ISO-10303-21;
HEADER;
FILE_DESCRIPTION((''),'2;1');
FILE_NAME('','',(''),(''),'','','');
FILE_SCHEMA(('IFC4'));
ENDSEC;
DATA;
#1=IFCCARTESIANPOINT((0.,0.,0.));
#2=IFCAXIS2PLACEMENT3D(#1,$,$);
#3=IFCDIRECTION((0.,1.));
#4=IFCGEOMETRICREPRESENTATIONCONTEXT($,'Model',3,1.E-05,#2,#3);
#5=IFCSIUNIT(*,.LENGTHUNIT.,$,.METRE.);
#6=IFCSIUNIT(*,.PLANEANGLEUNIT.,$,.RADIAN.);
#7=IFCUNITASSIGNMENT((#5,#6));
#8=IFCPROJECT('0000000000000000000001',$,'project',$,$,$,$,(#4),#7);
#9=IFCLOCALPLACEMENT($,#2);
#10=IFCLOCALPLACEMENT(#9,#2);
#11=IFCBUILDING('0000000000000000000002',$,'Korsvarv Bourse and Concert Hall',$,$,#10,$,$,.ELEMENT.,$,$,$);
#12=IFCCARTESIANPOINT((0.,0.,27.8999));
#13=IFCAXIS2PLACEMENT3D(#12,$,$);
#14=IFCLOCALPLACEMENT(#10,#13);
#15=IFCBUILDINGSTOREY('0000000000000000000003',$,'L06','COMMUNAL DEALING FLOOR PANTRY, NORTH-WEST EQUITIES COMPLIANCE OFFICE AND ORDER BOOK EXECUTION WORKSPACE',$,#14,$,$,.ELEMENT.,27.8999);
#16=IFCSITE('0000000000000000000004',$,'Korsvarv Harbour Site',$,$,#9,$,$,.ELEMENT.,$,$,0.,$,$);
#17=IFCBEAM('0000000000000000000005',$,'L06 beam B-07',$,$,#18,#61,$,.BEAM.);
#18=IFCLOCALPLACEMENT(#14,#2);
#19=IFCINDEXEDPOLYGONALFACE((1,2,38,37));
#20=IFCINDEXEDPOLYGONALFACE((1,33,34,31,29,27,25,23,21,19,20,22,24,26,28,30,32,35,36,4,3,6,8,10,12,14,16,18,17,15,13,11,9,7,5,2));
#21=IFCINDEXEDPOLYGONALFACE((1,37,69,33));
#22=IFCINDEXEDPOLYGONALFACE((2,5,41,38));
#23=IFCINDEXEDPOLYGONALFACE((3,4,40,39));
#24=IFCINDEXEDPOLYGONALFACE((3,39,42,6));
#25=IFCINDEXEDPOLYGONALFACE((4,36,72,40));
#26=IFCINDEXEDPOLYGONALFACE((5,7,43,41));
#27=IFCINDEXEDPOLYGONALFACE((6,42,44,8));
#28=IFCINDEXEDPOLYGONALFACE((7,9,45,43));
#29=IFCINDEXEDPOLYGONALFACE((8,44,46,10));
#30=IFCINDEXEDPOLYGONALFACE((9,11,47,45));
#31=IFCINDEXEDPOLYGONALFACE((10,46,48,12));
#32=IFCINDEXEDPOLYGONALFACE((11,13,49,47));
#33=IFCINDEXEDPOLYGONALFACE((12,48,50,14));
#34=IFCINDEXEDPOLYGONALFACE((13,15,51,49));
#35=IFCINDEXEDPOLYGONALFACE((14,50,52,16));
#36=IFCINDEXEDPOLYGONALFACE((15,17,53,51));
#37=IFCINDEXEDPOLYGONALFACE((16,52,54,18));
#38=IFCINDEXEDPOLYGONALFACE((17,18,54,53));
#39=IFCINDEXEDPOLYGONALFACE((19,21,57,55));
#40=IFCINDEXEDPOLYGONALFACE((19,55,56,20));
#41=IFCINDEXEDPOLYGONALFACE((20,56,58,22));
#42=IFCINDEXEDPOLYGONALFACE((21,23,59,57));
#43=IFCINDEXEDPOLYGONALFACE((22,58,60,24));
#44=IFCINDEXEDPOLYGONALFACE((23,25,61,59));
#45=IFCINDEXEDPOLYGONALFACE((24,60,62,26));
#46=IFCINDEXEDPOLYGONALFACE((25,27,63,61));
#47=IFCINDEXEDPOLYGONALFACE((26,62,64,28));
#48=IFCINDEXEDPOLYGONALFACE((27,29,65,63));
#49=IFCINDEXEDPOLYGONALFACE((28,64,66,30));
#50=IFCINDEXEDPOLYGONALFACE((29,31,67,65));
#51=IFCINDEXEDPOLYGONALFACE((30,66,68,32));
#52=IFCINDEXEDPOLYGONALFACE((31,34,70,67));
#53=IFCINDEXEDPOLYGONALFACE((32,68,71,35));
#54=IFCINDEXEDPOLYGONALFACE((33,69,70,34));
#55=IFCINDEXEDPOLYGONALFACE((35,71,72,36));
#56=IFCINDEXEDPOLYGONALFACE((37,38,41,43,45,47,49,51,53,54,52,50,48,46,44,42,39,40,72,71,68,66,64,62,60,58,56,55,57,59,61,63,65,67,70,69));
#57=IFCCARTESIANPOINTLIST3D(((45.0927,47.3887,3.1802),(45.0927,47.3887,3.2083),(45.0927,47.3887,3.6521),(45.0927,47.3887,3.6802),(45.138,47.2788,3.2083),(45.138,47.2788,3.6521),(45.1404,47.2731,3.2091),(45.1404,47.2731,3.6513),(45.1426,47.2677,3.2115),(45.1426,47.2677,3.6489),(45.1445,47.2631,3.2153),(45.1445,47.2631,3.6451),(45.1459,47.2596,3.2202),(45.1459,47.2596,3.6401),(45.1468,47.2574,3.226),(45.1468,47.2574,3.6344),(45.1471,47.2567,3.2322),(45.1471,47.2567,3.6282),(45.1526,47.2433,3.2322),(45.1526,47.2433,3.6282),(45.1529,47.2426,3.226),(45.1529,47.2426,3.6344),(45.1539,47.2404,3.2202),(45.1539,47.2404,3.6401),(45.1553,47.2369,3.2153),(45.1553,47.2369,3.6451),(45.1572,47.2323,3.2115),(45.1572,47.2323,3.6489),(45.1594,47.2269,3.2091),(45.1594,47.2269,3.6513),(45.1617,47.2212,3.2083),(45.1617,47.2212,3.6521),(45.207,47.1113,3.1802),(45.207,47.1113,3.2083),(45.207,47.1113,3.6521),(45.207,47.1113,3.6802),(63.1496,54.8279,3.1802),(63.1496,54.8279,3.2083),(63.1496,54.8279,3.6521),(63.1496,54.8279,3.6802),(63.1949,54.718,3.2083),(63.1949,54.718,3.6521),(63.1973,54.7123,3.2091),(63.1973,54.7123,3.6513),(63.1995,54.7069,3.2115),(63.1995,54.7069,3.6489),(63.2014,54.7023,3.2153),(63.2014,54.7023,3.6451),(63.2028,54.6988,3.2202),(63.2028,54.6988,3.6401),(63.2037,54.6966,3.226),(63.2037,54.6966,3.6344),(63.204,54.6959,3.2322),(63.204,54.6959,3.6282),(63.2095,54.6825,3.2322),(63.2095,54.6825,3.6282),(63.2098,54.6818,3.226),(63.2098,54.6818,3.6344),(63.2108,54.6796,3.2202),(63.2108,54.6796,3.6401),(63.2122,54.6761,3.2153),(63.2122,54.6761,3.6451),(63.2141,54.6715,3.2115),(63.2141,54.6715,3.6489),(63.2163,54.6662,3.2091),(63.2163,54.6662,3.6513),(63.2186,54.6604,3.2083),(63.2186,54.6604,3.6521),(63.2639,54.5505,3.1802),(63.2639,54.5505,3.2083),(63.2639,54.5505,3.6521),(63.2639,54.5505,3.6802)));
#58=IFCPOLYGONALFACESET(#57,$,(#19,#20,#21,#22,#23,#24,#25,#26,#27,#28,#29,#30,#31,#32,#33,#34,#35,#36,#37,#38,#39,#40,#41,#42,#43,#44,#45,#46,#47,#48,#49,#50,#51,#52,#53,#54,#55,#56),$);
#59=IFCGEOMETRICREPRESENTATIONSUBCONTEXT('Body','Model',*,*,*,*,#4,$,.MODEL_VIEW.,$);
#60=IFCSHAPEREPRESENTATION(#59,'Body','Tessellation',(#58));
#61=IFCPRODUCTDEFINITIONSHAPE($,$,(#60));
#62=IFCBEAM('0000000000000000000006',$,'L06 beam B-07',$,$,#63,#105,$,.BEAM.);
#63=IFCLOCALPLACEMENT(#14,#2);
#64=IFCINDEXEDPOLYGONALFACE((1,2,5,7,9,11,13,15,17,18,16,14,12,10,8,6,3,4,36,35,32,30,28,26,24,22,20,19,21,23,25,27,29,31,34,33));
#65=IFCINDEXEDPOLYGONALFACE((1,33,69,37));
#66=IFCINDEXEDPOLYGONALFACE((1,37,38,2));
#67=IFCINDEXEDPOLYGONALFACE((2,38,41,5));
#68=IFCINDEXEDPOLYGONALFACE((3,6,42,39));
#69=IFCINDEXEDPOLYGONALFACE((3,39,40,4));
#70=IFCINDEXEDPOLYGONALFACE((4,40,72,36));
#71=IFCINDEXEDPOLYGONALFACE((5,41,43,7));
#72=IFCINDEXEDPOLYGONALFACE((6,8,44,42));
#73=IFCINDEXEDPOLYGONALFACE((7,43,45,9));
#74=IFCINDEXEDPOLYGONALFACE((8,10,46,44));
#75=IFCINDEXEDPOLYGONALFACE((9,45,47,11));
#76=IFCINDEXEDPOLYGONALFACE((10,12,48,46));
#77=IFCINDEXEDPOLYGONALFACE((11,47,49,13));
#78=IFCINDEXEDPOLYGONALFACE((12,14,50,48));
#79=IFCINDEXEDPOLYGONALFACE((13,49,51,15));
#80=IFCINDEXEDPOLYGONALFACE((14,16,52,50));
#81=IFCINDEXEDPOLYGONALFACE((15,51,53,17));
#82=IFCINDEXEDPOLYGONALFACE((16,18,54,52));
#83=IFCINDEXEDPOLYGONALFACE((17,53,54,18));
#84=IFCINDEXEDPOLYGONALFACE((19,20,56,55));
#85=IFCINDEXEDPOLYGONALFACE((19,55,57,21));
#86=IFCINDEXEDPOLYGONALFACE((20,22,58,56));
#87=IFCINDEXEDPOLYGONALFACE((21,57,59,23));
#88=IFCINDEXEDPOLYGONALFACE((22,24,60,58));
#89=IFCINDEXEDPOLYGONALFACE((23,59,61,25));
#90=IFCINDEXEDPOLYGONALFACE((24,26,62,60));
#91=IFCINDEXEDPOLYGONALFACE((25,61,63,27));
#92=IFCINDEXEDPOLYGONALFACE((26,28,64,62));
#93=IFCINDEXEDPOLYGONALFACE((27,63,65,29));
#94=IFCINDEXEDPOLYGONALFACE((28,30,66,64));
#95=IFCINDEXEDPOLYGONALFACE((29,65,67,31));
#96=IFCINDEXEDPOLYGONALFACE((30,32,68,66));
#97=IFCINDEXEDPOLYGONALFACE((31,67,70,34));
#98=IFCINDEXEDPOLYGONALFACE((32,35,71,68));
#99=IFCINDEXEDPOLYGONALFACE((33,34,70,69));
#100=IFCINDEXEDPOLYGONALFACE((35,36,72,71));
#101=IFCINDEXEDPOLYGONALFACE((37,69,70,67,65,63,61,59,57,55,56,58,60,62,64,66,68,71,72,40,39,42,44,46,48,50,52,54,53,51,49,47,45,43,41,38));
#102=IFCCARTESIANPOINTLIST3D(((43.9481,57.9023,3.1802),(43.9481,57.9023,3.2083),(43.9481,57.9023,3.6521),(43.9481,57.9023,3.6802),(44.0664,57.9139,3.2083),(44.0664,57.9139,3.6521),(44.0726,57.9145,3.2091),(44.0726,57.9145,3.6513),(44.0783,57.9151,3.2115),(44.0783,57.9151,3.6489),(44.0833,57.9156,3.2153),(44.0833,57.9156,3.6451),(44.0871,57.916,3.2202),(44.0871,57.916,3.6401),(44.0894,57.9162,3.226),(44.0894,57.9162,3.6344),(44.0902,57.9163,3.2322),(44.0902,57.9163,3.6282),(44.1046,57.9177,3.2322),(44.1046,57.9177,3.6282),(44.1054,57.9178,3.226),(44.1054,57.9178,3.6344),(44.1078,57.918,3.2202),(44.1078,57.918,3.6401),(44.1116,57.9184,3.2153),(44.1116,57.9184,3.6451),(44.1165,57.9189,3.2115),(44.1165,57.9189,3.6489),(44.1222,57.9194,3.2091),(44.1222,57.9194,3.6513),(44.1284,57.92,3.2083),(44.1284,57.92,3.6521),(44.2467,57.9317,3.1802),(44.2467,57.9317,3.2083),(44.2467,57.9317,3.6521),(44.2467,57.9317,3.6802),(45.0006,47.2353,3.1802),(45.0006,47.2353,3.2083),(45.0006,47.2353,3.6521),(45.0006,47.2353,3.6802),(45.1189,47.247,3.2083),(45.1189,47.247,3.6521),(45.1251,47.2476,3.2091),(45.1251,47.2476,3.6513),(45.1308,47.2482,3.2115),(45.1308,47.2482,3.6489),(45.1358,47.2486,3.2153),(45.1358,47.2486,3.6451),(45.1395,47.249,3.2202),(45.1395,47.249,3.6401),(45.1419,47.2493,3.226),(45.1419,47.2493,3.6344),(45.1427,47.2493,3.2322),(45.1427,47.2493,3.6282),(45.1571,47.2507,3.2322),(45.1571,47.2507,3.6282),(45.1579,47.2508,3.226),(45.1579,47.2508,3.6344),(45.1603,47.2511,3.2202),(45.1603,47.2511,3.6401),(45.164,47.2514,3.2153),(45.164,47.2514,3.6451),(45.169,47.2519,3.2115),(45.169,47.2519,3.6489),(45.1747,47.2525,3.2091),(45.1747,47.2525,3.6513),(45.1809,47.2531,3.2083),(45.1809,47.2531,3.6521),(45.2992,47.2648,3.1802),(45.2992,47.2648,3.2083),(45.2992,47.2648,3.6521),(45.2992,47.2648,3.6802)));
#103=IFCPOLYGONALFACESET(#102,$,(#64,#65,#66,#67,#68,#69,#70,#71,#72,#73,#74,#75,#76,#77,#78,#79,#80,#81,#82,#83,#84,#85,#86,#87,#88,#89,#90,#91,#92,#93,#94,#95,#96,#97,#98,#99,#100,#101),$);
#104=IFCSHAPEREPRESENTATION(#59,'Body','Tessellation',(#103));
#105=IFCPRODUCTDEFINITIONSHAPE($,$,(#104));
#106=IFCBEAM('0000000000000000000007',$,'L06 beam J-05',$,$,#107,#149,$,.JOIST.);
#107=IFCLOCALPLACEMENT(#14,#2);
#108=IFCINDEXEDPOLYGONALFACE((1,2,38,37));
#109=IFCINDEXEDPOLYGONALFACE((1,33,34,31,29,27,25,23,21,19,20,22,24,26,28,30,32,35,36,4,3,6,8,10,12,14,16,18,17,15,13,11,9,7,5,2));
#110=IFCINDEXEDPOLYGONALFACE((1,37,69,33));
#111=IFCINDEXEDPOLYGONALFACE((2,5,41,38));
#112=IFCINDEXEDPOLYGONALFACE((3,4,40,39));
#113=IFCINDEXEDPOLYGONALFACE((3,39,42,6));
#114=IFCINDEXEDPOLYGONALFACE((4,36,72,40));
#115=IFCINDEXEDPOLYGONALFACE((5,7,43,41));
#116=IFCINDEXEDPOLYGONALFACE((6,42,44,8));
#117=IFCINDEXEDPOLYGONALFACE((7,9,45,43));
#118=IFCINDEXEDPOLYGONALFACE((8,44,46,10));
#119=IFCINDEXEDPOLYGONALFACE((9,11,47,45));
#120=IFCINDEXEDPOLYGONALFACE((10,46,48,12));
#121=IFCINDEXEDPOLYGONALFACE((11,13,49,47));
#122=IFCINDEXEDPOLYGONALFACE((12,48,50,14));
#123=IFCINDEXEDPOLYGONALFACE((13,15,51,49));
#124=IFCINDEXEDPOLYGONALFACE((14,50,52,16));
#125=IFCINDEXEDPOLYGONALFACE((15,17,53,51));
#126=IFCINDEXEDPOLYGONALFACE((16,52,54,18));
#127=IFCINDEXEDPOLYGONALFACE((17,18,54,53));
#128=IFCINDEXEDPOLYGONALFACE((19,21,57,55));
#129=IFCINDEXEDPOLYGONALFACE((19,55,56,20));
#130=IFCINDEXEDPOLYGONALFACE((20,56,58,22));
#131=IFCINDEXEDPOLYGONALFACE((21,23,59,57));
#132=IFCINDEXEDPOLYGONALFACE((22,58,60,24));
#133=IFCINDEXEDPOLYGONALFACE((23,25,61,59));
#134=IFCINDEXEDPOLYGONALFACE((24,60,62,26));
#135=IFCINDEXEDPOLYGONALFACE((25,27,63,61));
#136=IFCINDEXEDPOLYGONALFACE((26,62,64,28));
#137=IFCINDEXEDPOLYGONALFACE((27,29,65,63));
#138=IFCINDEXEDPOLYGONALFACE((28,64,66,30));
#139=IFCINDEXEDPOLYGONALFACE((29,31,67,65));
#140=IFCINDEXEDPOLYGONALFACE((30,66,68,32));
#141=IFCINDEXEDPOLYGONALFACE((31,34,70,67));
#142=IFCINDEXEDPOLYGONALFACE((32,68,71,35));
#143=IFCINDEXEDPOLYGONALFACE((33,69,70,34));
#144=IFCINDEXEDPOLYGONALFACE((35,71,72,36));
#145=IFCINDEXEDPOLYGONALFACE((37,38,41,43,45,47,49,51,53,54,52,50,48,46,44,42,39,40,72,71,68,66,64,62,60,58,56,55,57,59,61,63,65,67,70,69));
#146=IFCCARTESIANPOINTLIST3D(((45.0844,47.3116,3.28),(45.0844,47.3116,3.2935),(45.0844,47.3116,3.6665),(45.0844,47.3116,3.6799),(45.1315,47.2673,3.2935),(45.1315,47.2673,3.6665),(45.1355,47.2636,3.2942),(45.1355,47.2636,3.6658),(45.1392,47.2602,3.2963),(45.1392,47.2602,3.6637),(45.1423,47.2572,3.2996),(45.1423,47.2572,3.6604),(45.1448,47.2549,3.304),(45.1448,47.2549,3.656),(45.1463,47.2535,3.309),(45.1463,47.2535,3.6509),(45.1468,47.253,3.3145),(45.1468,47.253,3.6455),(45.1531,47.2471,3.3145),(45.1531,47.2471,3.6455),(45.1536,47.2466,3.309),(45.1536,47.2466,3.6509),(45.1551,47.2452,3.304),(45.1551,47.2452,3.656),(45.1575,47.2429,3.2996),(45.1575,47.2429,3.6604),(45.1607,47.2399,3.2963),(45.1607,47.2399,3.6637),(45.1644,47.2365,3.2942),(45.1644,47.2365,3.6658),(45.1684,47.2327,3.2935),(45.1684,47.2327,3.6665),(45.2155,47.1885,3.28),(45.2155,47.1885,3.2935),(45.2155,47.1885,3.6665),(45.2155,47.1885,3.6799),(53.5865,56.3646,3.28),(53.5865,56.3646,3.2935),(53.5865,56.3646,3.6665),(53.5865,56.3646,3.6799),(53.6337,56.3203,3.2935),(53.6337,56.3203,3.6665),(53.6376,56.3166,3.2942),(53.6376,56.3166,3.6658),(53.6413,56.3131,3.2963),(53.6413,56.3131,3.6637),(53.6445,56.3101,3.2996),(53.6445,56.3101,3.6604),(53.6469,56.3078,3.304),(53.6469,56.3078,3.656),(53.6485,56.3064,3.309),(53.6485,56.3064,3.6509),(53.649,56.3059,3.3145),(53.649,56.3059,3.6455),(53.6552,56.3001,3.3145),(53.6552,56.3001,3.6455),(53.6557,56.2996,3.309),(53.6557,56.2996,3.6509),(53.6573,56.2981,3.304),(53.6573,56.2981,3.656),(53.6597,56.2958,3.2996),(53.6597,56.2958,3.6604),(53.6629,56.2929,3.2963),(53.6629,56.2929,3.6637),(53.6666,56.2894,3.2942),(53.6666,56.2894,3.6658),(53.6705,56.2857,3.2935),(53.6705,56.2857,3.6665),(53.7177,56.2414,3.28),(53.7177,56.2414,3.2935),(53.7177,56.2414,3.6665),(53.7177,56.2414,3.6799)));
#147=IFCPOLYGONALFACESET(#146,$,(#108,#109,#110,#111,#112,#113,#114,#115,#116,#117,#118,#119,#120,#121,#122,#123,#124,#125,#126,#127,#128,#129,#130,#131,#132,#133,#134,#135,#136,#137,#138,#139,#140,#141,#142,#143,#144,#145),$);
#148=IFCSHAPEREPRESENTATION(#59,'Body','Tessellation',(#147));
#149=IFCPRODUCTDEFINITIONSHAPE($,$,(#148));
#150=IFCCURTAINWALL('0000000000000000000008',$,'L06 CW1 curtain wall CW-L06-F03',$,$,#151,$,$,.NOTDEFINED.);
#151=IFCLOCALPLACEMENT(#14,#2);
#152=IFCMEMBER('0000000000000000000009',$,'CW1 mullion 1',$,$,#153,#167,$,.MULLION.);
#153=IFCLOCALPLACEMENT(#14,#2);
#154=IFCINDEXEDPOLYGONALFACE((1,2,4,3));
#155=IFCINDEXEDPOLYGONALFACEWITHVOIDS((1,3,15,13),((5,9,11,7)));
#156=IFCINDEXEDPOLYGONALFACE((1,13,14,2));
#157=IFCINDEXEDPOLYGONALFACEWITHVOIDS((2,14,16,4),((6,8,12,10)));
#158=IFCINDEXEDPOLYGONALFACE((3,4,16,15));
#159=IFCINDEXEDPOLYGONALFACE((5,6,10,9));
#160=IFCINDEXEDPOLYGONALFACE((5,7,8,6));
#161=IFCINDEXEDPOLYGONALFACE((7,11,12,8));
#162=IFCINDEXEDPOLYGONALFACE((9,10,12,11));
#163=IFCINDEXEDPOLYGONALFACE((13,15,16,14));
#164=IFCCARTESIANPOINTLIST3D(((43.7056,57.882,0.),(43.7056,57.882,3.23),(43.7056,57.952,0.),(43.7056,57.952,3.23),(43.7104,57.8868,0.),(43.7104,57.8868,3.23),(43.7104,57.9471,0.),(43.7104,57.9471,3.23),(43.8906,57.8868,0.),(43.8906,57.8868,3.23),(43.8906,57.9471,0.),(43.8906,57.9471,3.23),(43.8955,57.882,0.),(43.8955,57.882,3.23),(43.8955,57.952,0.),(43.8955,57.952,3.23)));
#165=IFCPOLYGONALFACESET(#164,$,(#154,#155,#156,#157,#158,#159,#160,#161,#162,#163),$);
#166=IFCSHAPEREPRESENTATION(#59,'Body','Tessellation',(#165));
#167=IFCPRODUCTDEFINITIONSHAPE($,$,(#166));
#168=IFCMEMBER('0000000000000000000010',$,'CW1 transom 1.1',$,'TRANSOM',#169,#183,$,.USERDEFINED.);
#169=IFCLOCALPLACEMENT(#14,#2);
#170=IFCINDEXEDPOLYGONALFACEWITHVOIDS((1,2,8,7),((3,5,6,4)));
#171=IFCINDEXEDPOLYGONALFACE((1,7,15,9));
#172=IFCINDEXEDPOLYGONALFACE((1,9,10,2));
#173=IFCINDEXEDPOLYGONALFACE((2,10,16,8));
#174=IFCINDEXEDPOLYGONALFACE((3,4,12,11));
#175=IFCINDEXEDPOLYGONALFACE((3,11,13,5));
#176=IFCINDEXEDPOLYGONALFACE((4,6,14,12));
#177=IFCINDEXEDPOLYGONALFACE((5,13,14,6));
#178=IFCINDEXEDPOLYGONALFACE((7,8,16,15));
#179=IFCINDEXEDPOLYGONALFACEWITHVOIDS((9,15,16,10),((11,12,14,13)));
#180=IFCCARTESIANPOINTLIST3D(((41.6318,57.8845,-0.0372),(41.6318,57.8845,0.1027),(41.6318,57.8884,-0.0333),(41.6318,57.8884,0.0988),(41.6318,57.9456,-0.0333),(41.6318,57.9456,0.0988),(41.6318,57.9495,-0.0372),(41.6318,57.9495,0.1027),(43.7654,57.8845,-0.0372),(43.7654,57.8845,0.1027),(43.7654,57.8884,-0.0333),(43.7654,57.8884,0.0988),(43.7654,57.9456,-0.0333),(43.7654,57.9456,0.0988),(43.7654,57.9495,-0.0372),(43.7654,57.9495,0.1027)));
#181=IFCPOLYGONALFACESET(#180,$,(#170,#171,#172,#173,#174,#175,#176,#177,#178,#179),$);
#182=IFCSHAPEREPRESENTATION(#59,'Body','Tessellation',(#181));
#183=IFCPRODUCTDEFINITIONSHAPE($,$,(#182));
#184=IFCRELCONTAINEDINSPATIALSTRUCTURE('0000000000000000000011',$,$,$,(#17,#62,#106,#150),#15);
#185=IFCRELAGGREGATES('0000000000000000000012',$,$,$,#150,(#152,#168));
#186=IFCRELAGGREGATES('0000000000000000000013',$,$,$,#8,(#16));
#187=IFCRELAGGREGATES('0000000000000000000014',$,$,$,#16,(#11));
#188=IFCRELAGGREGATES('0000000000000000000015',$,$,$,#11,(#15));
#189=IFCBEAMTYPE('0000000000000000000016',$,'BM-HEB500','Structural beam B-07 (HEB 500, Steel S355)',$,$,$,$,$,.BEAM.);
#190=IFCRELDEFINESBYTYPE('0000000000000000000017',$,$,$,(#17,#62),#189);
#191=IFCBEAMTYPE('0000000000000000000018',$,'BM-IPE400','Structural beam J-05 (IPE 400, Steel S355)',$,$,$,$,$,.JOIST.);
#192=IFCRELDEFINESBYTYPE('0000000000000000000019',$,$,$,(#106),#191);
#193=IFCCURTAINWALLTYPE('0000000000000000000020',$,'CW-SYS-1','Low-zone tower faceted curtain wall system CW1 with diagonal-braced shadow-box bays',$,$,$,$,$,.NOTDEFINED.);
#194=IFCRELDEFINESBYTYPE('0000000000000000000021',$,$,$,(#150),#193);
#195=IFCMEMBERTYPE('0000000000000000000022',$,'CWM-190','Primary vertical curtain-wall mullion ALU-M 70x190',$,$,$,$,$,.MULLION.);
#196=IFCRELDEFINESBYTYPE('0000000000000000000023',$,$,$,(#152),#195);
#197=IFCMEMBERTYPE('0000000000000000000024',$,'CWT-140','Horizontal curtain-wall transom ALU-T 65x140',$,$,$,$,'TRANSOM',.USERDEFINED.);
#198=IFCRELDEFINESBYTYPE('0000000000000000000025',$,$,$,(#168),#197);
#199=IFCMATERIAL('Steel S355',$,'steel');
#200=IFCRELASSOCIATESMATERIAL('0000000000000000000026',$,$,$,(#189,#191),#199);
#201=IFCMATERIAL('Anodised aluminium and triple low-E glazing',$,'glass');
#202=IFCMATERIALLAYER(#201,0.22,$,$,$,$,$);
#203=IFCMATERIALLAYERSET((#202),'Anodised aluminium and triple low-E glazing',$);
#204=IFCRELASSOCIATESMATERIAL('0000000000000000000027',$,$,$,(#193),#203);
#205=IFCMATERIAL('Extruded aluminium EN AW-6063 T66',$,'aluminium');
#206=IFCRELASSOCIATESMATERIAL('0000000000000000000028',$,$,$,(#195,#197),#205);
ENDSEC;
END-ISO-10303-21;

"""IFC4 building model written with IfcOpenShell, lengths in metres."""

from ifc_helpers import new_model, si_unit, direction, frame, origin, origin_2d, place, context, subcontext, project, spatial, hollow_rectangle, i_section, extrude, source, transform, mapped, material, layer, layer_set, material_profile, profile_set, type_object, element, aggregate, save


model = new_model("IFC4")

# Units and contexts
model_context = context("Model", 3, precision=1e-05, world=origin(), true_north=direction((0.0, 1.0)))
body_context = subcontext(model_context, "Body", "Model", "MODEL_VIEW")
ifc_project = project(units=[si_unit("LENGTHUNIT", "METRE"), si_unit("PLANEANGLEUNIT", "RADIAN")], contexts=[model_context])

# Site, building, storey
site_placement = place(None, origin())
site = spatial("IfcSite", under=ifc_project, at=site_placement, Name="Korsvarv Harbour Site", CompositionType="ELEMENT", RefElevation=0.0)
building_placement = place(site_placement, origin())
building = spatial("IfcBuilding", under=site, at=building_placement, Name="Korsvarv Bourse and Concert Hall", CompositionType="ELEMENT")
storey_placement = place(building_placement, frame((0.0, 0.0, 27.8999)))
storey = spatial("IfcBuildingStorey", under=building, at=storey_placement, Name="L06", Description="COMMUNAL DEALING FLOOR PANTRY, NORTH-WEST EQUITIES COMPLIANCE OFFICE AND ORDER BOOK EXECUTION WORKSPACE", CompositionType="ELEMENT", Elevation=27.8999)

# Beams
ifc_material_1 = material(Name="Steel S355", Category="steel")
ifc_material_profile_1 = material_profile(ifc_material_1, i_section(OverallWidth=0.3, OverallDepth=0.5, WebThickness=0.0144, FlangeThickness=0.0281, FilletRadius=0.0239, at=origin_2d()), Name="HEB 500")
ifc_profile_set_1 = profile_set([ifc_material_profile_1], Name="Steel S355")
beam_type_1 = type_object("IfcBeamType", Name="BM-HEB500", Description="Structural beam B-07 (HEB 500, Steel S355)", PredefinedType="BEAM", material=ifc_profile_set_1)
shared_shape_1 = source(origin(), body_context, "Body", "SweptSolid", [
    extrude(i_section(OverallWidth=0.3, OverallDepth=0.5, WebThickness=0.0144, FlangeThickness=0.0281, FilletRadius=0.0239, at=origin_2d()), origin(), (0.0, 0.0, 1.0), 19.5293),
])
beam_1_placement = place(storey_placement, frame((63.2068, 54.6892, 3.4302), z_axis=(-0.924606, -0.380926, 0.0), x_axis=(0.380926, -0.924606, 0.0)))
element("IfcBeam", 1, at=beam_1_placement, inside=storey, type_object=beam_type_1, Name="L06 beam B-07", PredefinedType="BEAM", context=body_context, shape_type="MappedRepresentation", body=[
    mapped(shared_shape_1, transform((0.0, 0.0, 0.0), scale=1.0)),
])
shared_shape_2 = source(origin(), body_context, "Body", "SweptSolid", [
    extrude(i_section(OverallWidth=0.3, OverallDepth=0.5, WebThickness=0.0144, FlangeThickness=0.0281, FilletRadius=0.0239, at=origin_2d()), origin(), (0.0, 0.0, 1.0), 10.7188),
])
beam_2_placement = place(storey_placement, frame((44.0974, 57.917, 3.4302), z_axis=(0.098191, -0.995168, 0.0), x_axis=(0.995168, 0.098191, 0.0)))
element("IfcBeam", 2, at=beam_2_placement, inside=storey, type_object=beam_type_1, Name="L06 beam B-07", PredefinedType="BEAM", context=body_context, shape_type="MappedRepresentation", body=[
    mapped(shared_shape_2, transform((0.0, 0.0, 0.0), scale=1.0)),
])
ifc_material_profile_2 = material_profile(ifc_material_1, i_section(OverallWidth=0.1799, OverallDepth=0.3999, WebThickness=0.0085, FlangeThickness=0.0134, FilletRadius=0.021, at=origin_2d()), Name="IPE 400")
ifc_profile_set_2 = profile_set([ifc_material_profile_2], Name="Steel S355")
beam_type_2 = type_object("IfcBeamType", Name="BM-IPE400", Description="Structural beam J-05 (IPE 400, Steel S355)", PredefinedType="JOIST", material=ifc_profile_set_2)
shared_shape_3 = source(origin(), body_context, "Body", "SweptSolid", [
    extrude(i_section(OverallWidth=0.1799, OverallDepth=0.3999, WebThickness=0.0085, FlangeThickness=0.0134, FilletRadius=0.021, at=origin_2d()), origin(), (0.0, 0.0, 1.0), 12.4194),
])
beam_3_placement = place(storey_placement, frame((53.6521, 56.303, 3.48), z_axis=(-0.684585, -0.728933, 0.0), x_axis=(0.728933, -0.684585, 0.0)))
element("IfcBeam", 3, at=beam_3_placement, inside=storey, type_object=beam_type_2, Name="L06 beam J-05", PredefinedType="JOIST", context=body_context, shape_type="MappedRepresentation", body=[
    mapped(shared_shape_3, transform((0.0, 0.0, 0.0), scale=1.0)),
])

# Curtain wall, members
ifc_material_2 = material(Name="Anodised aluminium and triple low-E glazing", Category="glass")
ifc_layer_1 = layer(ifc_material_2, 0.22)
ifc_layer_set_1 = layer_set([ifc_layer_1], Name="Anodised aluminium and triple low-E glazing")
curtain_wall_type = type_object("IfcCurtainWallType", Name="CW-SYS-1", Description="Low-zone tower faceted curtain wall system CW1 with diagonal-braced shadow-box bays", PredefinedType="NOTDEFINED", material=ifc_layer_set_1)
curtain_wall_placement = place(storey_placement, origin())
curtain_wall = element("IfcCurtainWall", 4, at=curtain_wall_placement, inside=storey, type_object=curtain_wall_type, Name="L06 CW1 curtain wall CW-L06-F03", PredefinedType="NOTDEFINED")
ifc_material_3 = material(Name="Extruded aluminium EN AW-6063 T66", Category="aluminium")
ifc_material_profile_3 = material_profile(ifc_material_3, hollow_rectangle(XDim=0.0701, YDim=0.1899, WallThickness=0.0049, at=origin_2d()), Name="ALU-M 70x190")
ifc_profile_set_3 = profile_set([ifc_material_profile_3], Name="Extruded aluminium EN AW-6063 T66")
member_type_1 = type_object("IfcMemberType", Name="CWM-190", Description="Primary vertical curtain-wall mullion ALU-M 70x190", PredefinedType="MULLION", material=ifc_profile_set_3)
shared_shape_4 = source(origin(), body_context, "Body", "SweptSolid", [
    extrude(hollow_rectangle(XDim=0.0701, YDim=0.1899, WallThickness=0.0049, at=origin_2d()), origin(), (0.0, 0.0, 1.0), 3.23),
])
member_1_placement = place(storey_placement, frame((43.8005, 57.917, 0.0), z_axis=(0.0, 0.0, 1.0), x_axis=(0.0, -1.0, 0.0)))
member_1 = element("IfcMember", 5, at=member_1_placement, type_object=member_type_1, Name="CW1 mullion 1", PredefinedType="MULLION", context=body_context, shape_type="MappedRepresentation", body=[
    mapped(shared_shape_4, transform((0.0, 0.0, 0.0), scale=1.0)),
])
ifc_material_profile_4 = material_profile(ifc_material_3, hollow_rectangle(XDim=0.0649, YDim=0.1399, WallThickness=0.0039, at=origin_2d()), Name="ALU-T 65x140")
ifc_profile_set_4 = profile_set([ifc_material_profile_4], Name="Extruded aluminium EN AW-6063 T66")
member_type_2 = type_object("IfcMemberType", Name="CWT-140", Description="Horizontal curtain-wall transom ALU-T 65x140", ElementType="TRANSOM", PredefinedType="USERDEFINED", material=ifc_profile_set_4)
shared_shape_5 = source(origin(), body_context, "Body", "SweptSolid", [
    extrude(hollow_rectangle(XDim=0.0649, YDim=0.1399, WallThickness=0.0039, at=origin_2d()), origin(), (0.0, 0.0, 1.0), 2.1335),
])
member_2_placement = place(storey_placement, frame((43.7654, 57.917, 0.0327), z_axis=(-1.0, 0.0, 0.0), x_axis=(0.0, -1.0, 0.0)))
member_2 = element("IfcMember", 6, at=member_2_placement, type_object=member_type_2, Name="CW1 transom 1.1", ObjectType="TRANSOM", PredefinedType="USERDEFINED", context=body_context, shape_type="MappedRepresentation", body=[
    mapped(shared_shape_5, transform((0.0, 0.0, 0.0), scale=1.0)),
])
aggregate(curtain_wall, [member_1, member_2])

save(model, "model.ifc")
